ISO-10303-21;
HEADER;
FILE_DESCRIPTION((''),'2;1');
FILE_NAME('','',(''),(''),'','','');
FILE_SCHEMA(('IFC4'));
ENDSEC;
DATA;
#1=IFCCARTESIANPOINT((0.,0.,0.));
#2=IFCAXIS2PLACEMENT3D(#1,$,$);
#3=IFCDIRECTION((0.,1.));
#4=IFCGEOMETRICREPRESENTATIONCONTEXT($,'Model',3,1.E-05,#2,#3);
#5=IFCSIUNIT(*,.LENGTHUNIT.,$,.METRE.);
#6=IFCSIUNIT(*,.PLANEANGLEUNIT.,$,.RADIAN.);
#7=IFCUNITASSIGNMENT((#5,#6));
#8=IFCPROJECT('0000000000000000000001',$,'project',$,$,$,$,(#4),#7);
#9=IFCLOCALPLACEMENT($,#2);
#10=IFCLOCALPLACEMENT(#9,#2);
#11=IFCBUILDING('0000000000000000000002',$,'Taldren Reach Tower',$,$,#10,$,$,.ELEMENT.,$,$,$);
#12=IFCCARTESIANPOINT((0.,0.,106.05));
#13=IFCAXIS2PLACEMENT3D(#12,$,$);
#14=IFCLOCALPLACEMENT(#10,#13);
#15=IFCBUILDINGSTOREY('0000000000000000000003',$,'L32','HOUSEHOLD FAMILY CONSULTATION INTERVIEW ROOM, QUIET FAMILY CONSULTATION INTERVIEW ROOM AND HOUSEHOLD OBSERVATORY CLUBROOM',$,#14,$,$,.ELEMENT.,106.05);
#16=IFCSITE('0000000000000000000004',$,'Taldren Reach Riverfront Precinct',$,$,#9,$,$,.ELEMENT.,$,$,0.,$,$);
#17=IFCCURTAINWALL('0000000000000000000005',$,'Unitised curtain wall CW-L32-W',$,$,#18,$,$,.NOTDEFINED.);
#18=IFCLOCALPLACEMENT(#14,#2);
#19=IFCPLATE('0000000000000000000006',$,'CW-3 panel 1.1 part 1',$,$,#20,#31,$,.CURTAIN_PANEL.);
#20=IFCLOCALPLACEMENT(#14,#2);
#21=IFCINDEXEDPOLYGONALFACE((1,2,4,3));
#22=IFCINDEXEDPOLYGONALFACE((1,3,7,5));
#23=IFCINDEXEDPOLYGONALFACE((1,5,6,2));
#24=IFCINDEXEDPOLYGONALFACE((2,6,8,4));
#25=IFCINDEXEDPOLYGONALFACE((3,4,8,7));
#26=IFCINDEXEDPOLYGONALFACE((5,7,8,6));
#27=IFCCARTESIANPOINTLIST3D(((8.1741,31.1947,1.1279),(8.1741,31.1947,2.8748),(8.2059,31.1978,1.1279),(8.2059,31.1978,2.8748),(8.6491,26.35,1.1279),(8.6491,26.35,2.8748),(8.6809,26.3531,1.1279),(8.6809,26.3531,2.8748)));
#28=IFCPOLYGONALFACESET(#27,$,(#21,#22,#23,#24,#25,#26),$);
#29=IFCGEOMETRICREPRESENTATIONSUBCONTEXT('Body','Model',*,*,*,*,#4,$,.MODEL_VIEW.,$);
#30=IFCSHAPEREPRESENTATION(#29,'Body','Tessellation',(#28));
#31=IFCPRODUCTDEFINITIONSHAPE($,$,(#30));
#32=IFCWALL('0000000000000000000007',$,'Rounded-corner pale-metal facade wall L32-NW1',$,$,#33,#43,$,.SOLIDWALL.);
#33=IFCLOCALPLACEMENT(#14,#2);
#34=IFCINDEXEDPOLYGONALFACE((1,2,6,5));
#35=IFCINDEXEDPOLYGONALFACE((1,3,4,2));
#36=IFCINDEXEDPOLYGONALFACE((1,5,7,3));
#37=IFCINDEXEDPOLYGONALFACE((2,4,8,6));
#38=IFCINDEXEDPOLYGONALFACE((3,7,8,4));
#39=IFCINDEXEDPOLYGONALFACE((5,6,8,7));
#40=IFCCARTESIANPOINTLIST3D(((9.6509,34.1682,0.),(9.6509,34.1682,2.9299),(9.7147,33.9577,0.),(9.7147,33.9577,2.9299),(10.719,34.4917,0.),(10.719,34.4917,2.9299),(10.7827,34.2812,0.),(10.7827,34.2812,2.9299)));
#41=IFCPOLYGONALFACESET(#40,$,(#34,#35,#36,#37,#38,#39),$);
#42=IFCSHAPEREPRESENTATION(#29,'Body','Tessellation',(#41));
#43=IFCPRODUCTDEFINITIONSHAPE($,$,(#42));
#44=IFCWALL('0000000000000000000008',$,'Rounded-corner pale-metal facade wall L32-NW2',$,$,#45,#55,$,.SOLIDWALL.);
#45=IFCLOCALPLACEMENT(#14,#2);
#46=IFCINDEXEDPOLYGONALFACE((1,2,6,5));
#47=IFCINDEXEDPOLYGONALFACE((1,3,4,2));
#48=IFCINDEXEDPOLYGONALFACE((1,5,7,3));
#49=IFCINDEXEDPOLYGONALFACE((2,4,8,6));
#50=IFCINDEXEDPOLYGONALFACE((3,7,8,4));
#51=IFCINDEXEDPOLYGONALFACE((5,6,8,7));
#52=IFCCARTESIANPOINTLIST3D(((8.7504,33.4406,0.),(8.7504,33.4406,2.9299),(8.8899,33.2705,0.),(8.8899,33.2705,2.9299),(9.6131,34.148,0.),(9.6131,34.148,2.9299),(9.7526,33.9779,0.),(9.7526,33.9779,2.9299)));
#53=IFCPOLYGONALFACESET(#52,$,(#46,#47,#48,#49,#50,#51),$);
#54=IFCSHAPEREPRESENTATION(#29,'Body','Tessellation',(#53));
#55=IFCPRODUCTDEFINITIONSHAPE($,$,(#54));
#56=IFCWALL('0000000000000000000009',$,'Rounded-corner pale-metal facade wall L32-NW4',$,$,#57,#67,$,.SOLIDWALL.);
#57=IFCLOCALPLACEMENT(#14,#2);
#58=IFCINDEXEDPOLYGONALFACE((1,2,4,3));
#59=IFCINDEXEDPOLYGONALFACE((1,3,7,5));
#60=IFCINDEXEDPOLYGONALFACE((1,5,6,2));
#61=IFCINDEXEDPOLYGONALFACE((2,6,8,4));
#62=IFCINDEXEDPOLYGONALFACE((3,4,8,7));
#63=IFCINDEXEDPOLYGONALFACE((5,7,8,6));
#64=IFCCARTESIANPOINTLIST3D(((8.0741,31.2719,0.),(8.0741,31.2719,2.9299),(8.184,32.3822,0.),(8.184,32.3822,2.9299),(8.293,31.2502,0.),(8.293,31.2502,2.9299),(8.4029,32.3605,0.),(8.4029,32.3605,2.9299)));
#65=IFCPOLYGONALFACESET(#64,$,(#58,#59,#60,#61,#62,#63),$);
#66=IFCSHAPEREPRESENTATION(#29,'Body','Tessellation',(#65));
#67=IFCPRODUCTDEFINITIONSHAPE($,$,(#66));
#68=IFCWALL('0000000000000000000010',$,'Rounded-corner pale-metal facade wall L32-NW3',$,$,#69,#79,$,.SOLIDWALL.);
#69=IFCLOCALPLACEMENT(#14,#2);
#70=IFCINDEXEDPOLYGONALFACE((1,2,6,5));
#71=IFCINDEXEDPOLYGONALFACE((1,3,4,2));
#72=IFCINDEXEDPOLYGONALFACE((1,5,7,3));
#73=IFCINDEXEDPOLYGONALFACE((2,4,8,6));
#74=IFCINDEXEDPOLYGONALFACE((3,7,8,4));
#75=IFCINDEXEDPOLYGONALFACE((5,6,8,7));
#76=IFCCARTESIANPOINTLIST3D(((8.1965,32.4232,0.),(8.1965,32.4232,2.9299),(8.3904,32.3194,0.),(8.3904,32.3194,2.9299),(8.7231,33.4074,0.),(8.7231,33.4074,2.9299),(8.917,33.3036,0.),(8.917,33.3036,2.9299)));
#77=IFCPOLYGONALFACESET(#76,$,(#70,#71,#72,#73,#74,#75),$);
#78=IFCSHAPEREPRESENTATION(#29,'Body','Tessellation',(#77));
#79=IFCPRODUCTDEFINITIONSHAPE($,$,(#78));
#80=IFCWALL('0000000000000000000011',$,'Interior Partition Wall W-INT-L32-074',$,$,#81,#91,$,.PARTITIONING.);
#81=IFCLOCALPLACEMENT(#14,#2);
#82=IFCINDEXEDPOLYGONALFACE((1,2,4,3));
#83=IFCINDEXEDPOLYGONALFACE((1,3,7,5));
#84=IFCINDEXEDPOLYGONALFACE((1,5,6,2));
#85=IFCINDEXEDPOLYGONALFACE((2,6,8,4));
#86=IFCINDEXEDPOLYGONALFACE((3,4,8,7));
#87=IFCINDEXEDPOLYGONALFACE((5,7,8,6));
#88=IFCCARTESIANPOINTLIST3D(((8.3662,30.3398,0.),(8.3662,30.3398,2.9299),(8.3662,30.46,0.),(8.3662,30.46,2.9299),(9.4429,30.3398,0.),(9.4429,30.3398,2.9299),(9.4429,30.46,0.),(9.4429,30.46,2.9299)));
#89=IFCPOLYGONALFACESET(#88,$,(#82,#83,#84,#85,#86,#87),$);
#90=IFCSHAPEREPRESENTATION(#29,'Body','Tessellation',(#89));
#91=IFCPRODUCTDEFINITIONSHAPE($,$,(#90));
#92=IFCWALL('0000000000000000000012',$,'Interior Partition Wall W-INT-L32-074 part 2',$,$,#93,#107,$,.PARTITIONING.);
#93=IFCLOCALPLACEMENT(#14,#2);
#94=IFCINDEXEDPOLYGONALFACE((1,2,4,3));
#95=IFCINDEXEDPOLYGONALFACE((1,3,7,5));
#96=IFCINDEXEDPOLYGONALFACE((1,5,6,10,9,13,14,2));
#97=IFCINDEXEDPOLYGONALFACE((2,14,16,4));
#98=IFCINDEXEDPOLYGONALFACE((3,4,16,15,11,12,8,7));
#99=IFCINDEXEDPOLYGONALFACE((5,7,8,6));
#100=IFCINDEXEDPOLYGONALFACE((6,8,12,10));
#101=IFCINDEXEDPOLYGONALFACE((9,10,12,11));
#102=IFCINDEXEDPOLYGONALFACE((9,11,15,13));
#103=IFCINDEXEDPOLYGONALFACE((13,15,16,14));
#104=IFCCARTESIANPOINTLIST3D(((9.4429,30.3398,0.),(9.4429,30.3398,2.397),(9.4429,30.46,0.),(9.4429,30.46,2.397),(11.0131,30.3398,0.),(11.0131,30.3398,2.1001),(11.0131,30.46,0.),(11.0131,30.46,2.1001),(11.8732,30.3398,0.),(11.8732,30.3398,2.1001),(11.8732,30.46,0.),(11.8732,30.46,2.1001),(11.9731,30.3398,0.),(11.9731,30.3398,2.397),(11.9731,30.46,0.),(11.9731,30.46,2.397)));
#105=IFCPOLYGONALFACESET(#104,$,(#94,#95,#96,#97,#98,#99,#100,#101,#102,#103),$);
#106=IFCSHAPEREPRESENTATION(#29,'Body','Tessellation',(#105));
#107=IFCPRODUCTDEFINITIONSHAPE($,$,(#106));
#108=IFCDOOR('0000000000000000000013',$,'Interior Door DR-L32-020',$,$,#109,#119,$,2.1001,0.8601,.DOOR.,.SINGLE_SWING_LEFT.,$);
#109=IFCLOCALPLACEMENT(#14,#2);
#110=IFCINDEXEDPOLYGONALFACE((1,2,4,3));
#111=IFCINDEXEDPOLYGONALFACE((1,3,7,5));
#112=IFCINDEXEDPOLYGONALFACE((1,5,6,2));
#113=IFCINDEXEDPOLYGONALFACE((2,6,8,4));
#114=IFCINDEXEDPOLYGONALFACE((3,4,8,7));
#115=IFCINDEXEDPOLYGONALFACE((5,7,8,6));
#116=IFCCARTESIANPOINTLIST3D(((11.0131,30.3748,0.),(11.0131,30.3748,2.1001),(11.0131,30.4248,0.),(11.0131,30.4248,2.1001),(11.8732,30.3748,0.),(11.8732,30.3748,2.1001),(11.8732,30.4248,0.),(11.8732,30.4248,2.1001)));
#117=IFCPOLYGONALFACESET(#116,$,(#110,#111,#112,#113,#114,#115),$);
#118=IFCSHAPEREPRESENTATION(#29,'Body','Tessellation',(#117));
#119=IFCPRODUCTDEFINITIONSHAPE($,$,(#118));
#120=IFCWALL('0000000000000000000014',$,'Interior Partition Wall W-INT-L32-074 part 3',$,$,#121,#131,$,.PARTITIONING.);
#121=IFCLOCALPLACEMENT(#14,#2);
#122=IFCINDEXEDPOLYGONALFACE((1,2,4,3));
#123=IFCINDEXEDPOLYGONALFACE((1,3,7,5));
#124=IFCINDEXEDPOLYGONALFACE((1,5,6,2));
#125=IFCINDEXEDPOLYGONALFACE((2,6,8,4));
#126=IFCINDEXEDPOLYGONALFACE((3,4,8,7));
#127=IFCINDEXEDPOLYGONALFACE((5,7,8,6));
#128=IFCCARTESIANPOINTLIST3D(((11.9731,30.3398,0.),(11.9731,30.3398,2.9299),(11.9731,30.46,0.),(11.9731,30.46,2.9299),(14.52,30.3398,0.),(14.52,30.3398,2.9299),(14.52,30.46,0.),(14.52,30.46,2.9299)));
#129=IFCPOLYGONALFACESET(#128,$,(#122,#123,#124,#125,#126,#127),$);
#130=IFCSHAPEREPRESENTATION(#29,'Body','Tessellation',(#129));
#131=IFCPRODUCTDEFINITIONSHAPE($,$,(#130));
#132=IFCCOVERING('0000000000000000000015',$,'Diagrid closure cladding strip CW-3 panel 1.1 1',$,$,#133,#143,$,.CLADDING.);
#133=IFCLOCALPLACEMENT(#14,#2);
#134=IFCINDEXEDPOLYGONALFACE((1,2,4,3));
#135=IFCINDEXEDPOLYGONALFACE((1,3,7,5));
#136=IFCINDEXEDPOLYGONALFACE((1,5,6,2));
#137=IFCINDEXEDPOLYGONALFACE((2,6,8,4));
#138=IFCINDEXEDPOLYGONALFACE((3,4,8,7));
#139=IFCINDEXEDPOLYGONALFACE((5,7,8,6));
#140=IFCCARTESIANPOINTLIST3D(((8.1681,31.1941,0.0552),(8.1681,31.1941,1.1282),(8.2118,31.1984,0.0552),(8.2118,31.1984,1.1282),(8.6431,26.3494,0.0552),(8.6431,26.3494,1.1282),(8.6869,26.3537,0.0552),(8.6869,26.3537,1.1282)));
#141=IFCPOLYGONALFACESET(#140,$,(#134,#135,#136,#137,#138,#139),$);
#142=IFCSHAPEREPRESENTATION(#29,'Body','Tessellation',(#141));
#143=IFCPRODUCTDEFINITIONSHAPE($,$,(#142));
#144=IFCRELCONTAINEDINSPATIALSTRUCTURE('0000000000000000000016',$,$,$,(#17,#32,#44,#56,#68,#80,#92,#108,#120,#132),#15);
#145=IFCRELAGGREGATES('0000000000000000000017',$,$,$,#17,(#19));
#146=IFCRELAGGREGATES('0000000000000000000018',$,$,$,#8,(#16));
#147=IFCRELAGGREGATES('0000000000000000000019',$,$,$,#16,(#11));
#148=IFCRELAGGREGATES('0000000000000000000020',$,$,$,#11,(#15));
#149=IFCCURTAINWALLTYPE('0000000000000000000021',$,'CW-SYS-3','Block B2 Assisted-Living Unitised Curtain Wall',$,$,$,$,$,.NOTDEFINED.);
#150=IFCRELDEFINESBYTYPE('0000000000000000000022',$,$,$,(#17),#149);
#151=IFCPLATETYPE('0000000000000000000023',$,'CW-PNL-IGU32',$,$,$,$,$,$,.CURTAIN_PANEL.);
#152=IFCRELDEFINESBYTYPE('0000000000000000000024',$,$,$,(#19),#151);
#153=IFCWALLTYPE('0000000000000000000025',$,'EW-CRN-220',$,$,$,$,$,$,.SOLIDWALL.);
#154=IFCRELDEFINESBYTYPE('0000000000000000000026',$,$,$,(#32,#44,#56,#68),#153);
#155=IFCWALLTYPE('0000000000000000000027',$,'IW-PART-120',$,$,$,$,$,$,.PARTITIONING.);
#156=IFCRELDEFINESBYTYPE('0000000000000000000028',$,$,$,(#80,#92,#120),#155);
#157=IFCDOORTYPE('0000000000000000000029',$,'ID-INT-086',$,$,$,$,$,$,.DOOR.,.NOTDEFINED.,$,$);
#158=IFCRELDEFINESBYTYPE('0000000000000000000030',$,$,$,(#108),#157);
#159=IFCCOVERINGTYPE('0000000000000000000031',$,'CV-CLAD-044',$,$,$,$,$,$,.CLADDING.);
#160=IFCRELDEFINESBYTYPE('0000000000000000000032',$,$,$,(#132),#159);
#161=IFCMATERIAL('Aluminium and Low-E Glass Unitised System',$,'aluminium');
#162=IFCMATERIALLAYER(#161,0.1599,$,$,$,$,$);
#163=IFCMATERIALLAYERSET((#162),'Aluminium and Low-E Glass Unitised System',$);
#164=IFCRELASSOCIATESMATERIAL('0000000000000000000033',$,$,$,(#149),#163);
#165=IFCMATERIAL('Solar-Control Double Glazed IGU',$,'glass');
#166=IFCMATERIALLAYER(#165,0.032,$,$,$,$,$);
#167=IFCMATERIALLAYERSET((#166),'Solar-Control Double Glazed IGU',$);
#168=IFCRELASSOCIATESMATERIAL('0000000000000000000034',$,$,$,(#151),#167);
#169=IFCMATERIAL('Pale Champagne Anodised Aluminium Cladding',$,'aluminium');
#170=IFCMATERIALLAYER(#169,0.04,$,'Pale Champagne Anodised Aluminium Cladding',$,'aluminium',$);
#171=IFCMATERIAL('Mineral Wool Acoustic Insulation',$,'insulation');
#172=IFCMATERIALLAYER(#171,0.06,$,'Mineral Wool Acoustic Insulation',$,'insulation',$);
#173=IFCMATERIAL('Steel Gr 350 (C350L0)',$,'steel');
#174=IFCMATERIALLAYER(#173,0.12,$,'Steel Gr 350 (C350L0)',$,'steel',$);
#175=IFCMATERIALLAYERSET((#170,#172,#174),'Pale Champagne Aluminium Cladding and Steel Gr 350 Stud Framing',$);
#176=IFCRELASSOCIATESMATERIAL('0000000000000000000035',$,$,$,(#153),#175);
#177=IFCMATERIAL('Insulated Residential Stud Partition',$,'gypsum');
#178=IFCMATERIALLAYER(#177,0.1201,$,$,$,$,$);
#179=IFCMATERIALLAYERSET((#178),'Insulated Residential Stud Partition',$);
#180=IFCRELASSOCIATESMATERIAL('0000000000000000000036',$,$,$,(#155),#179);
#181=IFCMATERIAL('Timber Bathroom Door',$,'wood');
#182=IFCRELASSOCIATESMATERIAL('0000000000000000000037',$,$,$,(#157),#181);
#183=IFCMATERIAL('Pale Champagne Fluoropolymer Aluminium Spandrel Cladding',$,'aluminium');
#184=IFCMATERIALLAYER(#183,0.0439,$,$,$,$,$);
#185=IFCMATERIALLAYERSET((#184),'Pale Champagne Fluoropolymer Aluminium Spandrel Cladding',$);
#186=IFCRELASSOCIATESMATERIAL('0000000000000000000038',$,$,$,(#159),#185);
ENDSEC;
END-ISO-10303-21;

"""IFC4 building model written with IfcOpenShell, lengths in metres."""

from ifc_helpers import new_model, si_unit, direction, frame, frame_2d, origin, origin_2d, place, context, subcontext, project, spatial, rectangle, extrude, source, transform, mapped, material, layer, layer_set, type_object, element, fill, aggregate, save


model = new_model("IFC4")

# Units and contexts
model_context = context("Model", 3, precision=1e-05, world=origin(), true_north=direction((0.0, 1.0)))
body_context = subcontext(model_context, "Body", "Model", "MODEL_VIEW")
ifc_project = project(units=[si_unit("LENGTHUNIT", "METRE"), si_unit("PLANEANGLEUNIT", "RADIAN")], contexts=[model_context])

# Site, building, storey
site_placement = place(None, origin())
site = spatial("IfcSite", under=ifc_project, at=site_placement, Name="Taldren Reach Riverfront Precinct", CompositionType="ELEMENT", RefElevation=0.0)
building_placement = place(site_placement, origin())
building = spatial("IfcBuilding", under=site, at=building_placement, Name="Taldren Reach Tower", CompositionType="ELEMENT")
storey_placement = place(building_placement, frame((0.0, 0.0, 106.05)))
storey = spatial("IfcBuildingStorey", under=building, at=storey_placement, Name="L32", Description="HOUSEHOLD FAMILY CONSULTATION INTERVIEW ROOM, QUIET FAMILY CONSULTATION INTERVIEW ROOM AND HOUSEHOLD OBSERVATORY CLUBROOM", CompositionType="ELEMENT", Elevation=106.05)

# Shared definitions
ifc_material_1 = material(Name="Steel Gr 350 (C350L0)", Category="steel")

# Shared definitions
ifc_material_2 = material(Name="Aluminium and Low-E Glass Unitised System", Category="aluminium")
ifc_layer_1 = layer(ifc_material_2, 0.1599)
ifc_layer_set_1 = layer_set([ifc_layer_1], Name="Aluminium and Low-E Glass Unitised System")
curtain_wall_type = type_object("IfcCurtainWallType", Name="CW-SYS-3", Description="Block B2 Assisted-Living Unitised Curtain Wall", PredefinedType="NOTDEFINED", material=ifc_layer_set_1)

# Curtain wall
curtain_wall_1_placement = place(storey_placement, origin())
curtain_wall_1 = element("IfcCurtainWall", 1, at=curtain_wall_1_placement, inside=storey, type_object=curtain_wall_type, Name="Unitised curtain wall CW-L32-W", PredefinedType="NOTDEFINED")

# Plate
ifc_material_3 = material(Name="Solar-Control Double Glazed IGU", Category="glass")
ifc_layer_2 = layer(ifc_material_3, 0.032)
ifc_layer_set_2 = layer_set([ifc_layer_2], Name="Solar-Control Double Glazed IGU")
plate_type_1 = type_object("IfcPlateType", Name="CW-PNL-IGU32", PredefinedType="CURTAIN_PANEL", material=ifc_layer_set_2)
shared_shape_1 = source(origin(), body_context, "Body", "SweptSolid", [
    extrude(rectangle(XDim=4.8679, YDim=0.032, at=origin_2d()), origin(), (0.0, 0.0, 1.0), 1.7468),
])
plate_1_placement = place(storey_placement, frame((8.4275, 28.7739, 1.1279), z_axis=(0.0, 0.0, 1.0), x_axis=(0.097583, -0.995227, 0.0)))
plate_1 = element("IfcPlate", 2, at=plate_1_placement, type_object=plate_type_1, Name="CW-3 panel 1.1 part 1", PredefinedType="CURTAIN_PANEL", context=body_context, shape_type="MappedRepresentation", body=[
    mapped(shared_shape_1, transform((0.0, 0.0, 0.0), scale=1.0)),
])
aggregate(curtain_wall_1, [plate_1])

# Walls
ifc_material_4 = material(Name="Pale Champagne Anodised Aluminium Cladding", Category="aluminium")
ifc_layer_3 = layer(ifc_material_4, 0.04, Name="Pale Champagne Anodised Aluminium Cladding", Category="aluminium")
ifc_material_5 = material(Name="Mineral Wool Acoustic Insulation", Category="insulation")
ifc_layer_4 = layer(ifc_material_5, 0.06, Name="Mineral Wool Acoustic Insulation", Category="insulation")
ifc_layer_5 = layer(ifc_material_1, 0.12, Name="Steel Gr 350 (C350L0)", Category="steel")
ifc_layer_set_3 = layer_set([ifc_layer_3, ifc_layer_4, ifc_layer_5], Name="Pale Champagne Aluminium Cladding and Steel Gr 350 Stud Framing")
wall_type_1 = type_object("IfcWallType", Name="EW-CRN-220", PredefinedType="SOLIDWALL", material=ifc_layer_set_3)
shared_shape_2 = source(origin(), body_context, "Body", "SweptSolid", [
    extrude(rectangle(XDim=1.116, YDim=0.22, at=frame_2d((0.5581, 0.0))), origin(), (0.0, 0.0, 1.0), 2.9299),
])
wall_1_placement = place(storey_placement, frame((10.751, 34.3865, 0.0), z_axis=(0.0, 0.0, 1.0), x_axis=(-0.95707, -0.289856, 0.0)))
element("IfcWall", 3, at=wall_1_placement, inside=storey, type_object=wall_type_1, Name="Rounded-corner pale-metal facade wall L32-NW1", PredefinedType="SOLIDWALL", context=body_context, shape_type="MappedRepresentation", body=[
    mapped(shared_shape_2, transform((0.0, 0.0, 0.0), scale=1.0)),
])
shared_shape_3 = source(origin(), body_context, "Body", "SweptSolid", [
    extrude(rectangle(XDim=1.1157, YDim=0.22, at=frame_2d((0.5579, 0.0))), origin(), (0.0, 0.0, 1.0), 2.9299),
])
for number, where, z_axis, x_axis, name in (
    (4, (9.6829, 34.063, 0.0), (0.0, 0.0, 1.0), (-0.773255, -0.634095, 0.0), "Rounded-corner pale-metal facade wall L32-NW2"),
    (5, (8.2935, 32.3713, 0.0), (0.0, 0.0, 1.0), (-0.098464, -0.995141, 0.0), "Rounded-corner pale-metal facade wall L32-NW4"),
):
    element("IfcWall", number, at=place(storey_placement, frame(where, z_axis=z_axis, x_axis=x_axis)), inside=storey, type_object=wall_type_1, Name=name, PredefinedType="SOLIDWALL", context=body_context, shape_type="MappedRepresentation", body=[
        mapped(shared_shape_3, transform((0.0, 0.0, 0.0), scale=1.0)),
    ])
shared_shape_4 = source(origin(), body_context, "Body", "SweptSolid", [
    extrude(rectangle(XDim=1.1162, YDim=0.22, at=frame_2d((0.5581, 0.0))), origin(), (0.0, 0.0, 1.0), 2.9299),
])
wall_2_placement = place(storey_placement, frame((8.8201, 33.3555, 0.0), z_axis=(0.0, 0.0, 1.0), x_axis=(-0.471803, -0.881704, 0.0)))
element("IfcWall", 6, at=wall_2_placement, inside=storey, type_object=wall_type_1, Name="Rounded-corner pale-metal facade wall L32-NW3", PredefinedType="SOLIDWALL", context=body_context, shape_type="MappedRepresentation", body=[
    mapped(shared_shape_4, transform((0.0, 0.0, 0.0), scale=1.0)),
])
ifc_material_6 = material(Name="Insulated Residential Stud Partition", Category="gypsum")
ifc_layer_6 = layer(ifc_material_6, 0.1201)
ifc_layer_set_4 = layer_set([ifc_layer_6], Name="Insulated Residential Stud Partition")
wall_type_2 = type_object("IfcWallType", Name="IW-PART-120", PredefinedType="PARTITIONING", material=ifc_layer_set_4)
shared_shape_5 = source(origin(), body_context, "Body", "SweptSolid", [
    extrude(rectangle(XDim=1.0767, YDim=0.1201, at=frame_2d((0.5383, 0.0))), origin(), (0.0, 0.0, 1.0), 2.9299),
])
wall_3_placement = place(storey_placement, frame((8.3662, 30.3999, 0.0), z_axis=(0.0, 0.0, 1.0), x_axis=(1.0, 0.0, 0.0)))
element("IfcWall", 7, at=wall_3_placement, inside=storey, type_object=wall_type_2, Name="Interior Partition Wall W-INT-L32-074", PredefinedType="PARTITIONING", context=body_context, shape_type="MappedRepresentation", body=[
    mapped(shared_shape_5, transform((0.0, 0.0, 0.0), scale=1.0)),
])

# Wall, opening, door
shared_shape_6 = source(origin(), body_context, "Body", "SweptSolid", [
    extrude(rectangle(XDim=2.5303, YDim=0.1201, at=frame_2d((1.2651, 0.0))), origin(), (0.0, 0.0, 1.0), 2.397),
])
wall_4_placement = place(storey_placement, frame((9.4429, 30.3999, 0.0), z_axis=(0.0, 0.0, 1.0), x_axis=(1.0, 0.0, 0.0)))
wall_4 = element("IfcWall", 8, at=wall_4_placement, inside=storey, type_object=wall_type_2, Name="Interior Partition Wall W-INT-L32-074 part 2", PredefinedType="PARTITIONING", context=body_context, shape_type="MappedRepresentation", body=[
    mapped(shared_shape_6, transform((0.0, 0.0, 0.0), scale=1.0)),
])
shared_shape_7 = source(origin(), body_context, "Body", "SweptSolid", [
    extrude(rectangle(XDim=0.8601, YDim=2.1001, at=frame_2d((0.4302, 1.05))), frame((0.0, 0.0701, 0.0), z_axis=(0.0, -1.0, 0.0), x_axis=(1.0, 0.0, 0.0)), (0.0, 0.0, 1.0), 0.1401),
])
opening_placement = place(wall_4_placement, frame((1.5701, 0.0, 0.0)))
opening = element("IfcOpeningElement", 9, at=opening_placement, cuts=wall_4, PredefinedType="OPENING", context=body_context, shape_type="MappedRepresentation", body=[
    mapped(shared_shape_7, transform((0.0, 0.0, 0.0), scale=1.0)),
])
ifc_material_7 = material(Name="Timber Bathroom Door", Category="wood")
door_type = type_object("IfcDoorType", Name="ID-INT-086", OperationType="NOTDEFINED", PredefinedType="DOOR", material=ifc_material_7)
shared_shape_8 = source(origin(), body_context, "Body", "SweptSolid", [
    extrude(rectangle(XDim=0.8601, YDim=2.1001, at=frame_2d((0.4302, 1.05))), frame((0.0, 0.0249, 0.0), z_axis=(0.0, -1.0, 0.0), x_axis=(1.0, 0.0, 0.0)), (0.0, 0.0, 1.0), 0.05),
])
door_placement = place(opening_placement, origin())
door = element("IfcDoor", 10, at=door_placement, inside=storey, type_object=door_type, Name="Interior Door DR-L32-020", OperationType="SINGLE_SWING_LEFT", OverallHeight=2.1001, OverallWidth=0.8601, PredefinedType="DOOR", context=body_context, shape_type="MappedRepresentation", body=[
    mapped(shared_shape_8, transform((0.0, 0.0, 0.0), scale=1.0)),
])
fill(opening, door)

# Wall
shared_shape_9 = source(origin(), body_context, "Body", "SweptSolid", [
    extrude(rectangle(XDim=2.5469, YDim=0.1201, at=frame_2d((1.2734, 0.0))), origin(), (0.0, 0.0, 1.0), 2.9299),
])
wall_5_placement = place(storey_placement, frame((11.9731, 30.3999, 0.0), z_axis=(0.0, 0.0, 1.0), x_axis=(1.0, 0.0, 0.0)))
element("IfcWall", 11, at=wall_5_placement, inside=storey, type_object=wall_type_2, Name="Interior Partition Wall W-INT-L32-074 part 3", PredefinedType="PARTITIONING", context=body_context, shape_type="MappedRepresentation", body=[
    mapped(shared_shape_9, transform((0.0, 0.0, 0.0), scale=1.0)),
])

# Covering
ifc_material_8 = material(Name="Pale Champagne Fluoropolymer Aluminium Spandrel Cladding", Category="aluminium")
ifc_layer_7 = layer(ifc_material_8, 0.0439)
ifc_layer_set_5 = layer_set([ifc_layer_7], Name="Pale Champagne Fluoropolymer Aluminium Spandrel Cladding")
covering_type = type_object("IfcCoveringType", Name="CV-CLAD-044", PredefinedType="CLADDING", material=ifc_layer_set_5)
shared_shape_10 = source(origin(), body_context, "Body", "SweptSolid", [
    extrude(rectangle(XDim=4.8679, YDim=0.0439, at=origin_2d()), origin(), (0.0, 0.0, 1.0), 1.073),
])
covering_placement = place(storey_placement, frame((8.4275, 28.7739, 0.0552), z_axis=(0.0, 0.0, 1.0), x_axis=(0.097583, -0.995227, 0.0)))
element("IfcCovering", 12, at=covering_placement, inside=storey, type_object=covering_type, Name="Diagrid closure cladding strip CW-3 panel 1.1 1", PredefinedType="CLADDING", context=body_context, shape_type="MappedRepresentation", body=[
    mapped(shared_shape_10, transform((0.0, 0.0, 0.0), scale=1.0)),
])

save(model, "model.ifc")
